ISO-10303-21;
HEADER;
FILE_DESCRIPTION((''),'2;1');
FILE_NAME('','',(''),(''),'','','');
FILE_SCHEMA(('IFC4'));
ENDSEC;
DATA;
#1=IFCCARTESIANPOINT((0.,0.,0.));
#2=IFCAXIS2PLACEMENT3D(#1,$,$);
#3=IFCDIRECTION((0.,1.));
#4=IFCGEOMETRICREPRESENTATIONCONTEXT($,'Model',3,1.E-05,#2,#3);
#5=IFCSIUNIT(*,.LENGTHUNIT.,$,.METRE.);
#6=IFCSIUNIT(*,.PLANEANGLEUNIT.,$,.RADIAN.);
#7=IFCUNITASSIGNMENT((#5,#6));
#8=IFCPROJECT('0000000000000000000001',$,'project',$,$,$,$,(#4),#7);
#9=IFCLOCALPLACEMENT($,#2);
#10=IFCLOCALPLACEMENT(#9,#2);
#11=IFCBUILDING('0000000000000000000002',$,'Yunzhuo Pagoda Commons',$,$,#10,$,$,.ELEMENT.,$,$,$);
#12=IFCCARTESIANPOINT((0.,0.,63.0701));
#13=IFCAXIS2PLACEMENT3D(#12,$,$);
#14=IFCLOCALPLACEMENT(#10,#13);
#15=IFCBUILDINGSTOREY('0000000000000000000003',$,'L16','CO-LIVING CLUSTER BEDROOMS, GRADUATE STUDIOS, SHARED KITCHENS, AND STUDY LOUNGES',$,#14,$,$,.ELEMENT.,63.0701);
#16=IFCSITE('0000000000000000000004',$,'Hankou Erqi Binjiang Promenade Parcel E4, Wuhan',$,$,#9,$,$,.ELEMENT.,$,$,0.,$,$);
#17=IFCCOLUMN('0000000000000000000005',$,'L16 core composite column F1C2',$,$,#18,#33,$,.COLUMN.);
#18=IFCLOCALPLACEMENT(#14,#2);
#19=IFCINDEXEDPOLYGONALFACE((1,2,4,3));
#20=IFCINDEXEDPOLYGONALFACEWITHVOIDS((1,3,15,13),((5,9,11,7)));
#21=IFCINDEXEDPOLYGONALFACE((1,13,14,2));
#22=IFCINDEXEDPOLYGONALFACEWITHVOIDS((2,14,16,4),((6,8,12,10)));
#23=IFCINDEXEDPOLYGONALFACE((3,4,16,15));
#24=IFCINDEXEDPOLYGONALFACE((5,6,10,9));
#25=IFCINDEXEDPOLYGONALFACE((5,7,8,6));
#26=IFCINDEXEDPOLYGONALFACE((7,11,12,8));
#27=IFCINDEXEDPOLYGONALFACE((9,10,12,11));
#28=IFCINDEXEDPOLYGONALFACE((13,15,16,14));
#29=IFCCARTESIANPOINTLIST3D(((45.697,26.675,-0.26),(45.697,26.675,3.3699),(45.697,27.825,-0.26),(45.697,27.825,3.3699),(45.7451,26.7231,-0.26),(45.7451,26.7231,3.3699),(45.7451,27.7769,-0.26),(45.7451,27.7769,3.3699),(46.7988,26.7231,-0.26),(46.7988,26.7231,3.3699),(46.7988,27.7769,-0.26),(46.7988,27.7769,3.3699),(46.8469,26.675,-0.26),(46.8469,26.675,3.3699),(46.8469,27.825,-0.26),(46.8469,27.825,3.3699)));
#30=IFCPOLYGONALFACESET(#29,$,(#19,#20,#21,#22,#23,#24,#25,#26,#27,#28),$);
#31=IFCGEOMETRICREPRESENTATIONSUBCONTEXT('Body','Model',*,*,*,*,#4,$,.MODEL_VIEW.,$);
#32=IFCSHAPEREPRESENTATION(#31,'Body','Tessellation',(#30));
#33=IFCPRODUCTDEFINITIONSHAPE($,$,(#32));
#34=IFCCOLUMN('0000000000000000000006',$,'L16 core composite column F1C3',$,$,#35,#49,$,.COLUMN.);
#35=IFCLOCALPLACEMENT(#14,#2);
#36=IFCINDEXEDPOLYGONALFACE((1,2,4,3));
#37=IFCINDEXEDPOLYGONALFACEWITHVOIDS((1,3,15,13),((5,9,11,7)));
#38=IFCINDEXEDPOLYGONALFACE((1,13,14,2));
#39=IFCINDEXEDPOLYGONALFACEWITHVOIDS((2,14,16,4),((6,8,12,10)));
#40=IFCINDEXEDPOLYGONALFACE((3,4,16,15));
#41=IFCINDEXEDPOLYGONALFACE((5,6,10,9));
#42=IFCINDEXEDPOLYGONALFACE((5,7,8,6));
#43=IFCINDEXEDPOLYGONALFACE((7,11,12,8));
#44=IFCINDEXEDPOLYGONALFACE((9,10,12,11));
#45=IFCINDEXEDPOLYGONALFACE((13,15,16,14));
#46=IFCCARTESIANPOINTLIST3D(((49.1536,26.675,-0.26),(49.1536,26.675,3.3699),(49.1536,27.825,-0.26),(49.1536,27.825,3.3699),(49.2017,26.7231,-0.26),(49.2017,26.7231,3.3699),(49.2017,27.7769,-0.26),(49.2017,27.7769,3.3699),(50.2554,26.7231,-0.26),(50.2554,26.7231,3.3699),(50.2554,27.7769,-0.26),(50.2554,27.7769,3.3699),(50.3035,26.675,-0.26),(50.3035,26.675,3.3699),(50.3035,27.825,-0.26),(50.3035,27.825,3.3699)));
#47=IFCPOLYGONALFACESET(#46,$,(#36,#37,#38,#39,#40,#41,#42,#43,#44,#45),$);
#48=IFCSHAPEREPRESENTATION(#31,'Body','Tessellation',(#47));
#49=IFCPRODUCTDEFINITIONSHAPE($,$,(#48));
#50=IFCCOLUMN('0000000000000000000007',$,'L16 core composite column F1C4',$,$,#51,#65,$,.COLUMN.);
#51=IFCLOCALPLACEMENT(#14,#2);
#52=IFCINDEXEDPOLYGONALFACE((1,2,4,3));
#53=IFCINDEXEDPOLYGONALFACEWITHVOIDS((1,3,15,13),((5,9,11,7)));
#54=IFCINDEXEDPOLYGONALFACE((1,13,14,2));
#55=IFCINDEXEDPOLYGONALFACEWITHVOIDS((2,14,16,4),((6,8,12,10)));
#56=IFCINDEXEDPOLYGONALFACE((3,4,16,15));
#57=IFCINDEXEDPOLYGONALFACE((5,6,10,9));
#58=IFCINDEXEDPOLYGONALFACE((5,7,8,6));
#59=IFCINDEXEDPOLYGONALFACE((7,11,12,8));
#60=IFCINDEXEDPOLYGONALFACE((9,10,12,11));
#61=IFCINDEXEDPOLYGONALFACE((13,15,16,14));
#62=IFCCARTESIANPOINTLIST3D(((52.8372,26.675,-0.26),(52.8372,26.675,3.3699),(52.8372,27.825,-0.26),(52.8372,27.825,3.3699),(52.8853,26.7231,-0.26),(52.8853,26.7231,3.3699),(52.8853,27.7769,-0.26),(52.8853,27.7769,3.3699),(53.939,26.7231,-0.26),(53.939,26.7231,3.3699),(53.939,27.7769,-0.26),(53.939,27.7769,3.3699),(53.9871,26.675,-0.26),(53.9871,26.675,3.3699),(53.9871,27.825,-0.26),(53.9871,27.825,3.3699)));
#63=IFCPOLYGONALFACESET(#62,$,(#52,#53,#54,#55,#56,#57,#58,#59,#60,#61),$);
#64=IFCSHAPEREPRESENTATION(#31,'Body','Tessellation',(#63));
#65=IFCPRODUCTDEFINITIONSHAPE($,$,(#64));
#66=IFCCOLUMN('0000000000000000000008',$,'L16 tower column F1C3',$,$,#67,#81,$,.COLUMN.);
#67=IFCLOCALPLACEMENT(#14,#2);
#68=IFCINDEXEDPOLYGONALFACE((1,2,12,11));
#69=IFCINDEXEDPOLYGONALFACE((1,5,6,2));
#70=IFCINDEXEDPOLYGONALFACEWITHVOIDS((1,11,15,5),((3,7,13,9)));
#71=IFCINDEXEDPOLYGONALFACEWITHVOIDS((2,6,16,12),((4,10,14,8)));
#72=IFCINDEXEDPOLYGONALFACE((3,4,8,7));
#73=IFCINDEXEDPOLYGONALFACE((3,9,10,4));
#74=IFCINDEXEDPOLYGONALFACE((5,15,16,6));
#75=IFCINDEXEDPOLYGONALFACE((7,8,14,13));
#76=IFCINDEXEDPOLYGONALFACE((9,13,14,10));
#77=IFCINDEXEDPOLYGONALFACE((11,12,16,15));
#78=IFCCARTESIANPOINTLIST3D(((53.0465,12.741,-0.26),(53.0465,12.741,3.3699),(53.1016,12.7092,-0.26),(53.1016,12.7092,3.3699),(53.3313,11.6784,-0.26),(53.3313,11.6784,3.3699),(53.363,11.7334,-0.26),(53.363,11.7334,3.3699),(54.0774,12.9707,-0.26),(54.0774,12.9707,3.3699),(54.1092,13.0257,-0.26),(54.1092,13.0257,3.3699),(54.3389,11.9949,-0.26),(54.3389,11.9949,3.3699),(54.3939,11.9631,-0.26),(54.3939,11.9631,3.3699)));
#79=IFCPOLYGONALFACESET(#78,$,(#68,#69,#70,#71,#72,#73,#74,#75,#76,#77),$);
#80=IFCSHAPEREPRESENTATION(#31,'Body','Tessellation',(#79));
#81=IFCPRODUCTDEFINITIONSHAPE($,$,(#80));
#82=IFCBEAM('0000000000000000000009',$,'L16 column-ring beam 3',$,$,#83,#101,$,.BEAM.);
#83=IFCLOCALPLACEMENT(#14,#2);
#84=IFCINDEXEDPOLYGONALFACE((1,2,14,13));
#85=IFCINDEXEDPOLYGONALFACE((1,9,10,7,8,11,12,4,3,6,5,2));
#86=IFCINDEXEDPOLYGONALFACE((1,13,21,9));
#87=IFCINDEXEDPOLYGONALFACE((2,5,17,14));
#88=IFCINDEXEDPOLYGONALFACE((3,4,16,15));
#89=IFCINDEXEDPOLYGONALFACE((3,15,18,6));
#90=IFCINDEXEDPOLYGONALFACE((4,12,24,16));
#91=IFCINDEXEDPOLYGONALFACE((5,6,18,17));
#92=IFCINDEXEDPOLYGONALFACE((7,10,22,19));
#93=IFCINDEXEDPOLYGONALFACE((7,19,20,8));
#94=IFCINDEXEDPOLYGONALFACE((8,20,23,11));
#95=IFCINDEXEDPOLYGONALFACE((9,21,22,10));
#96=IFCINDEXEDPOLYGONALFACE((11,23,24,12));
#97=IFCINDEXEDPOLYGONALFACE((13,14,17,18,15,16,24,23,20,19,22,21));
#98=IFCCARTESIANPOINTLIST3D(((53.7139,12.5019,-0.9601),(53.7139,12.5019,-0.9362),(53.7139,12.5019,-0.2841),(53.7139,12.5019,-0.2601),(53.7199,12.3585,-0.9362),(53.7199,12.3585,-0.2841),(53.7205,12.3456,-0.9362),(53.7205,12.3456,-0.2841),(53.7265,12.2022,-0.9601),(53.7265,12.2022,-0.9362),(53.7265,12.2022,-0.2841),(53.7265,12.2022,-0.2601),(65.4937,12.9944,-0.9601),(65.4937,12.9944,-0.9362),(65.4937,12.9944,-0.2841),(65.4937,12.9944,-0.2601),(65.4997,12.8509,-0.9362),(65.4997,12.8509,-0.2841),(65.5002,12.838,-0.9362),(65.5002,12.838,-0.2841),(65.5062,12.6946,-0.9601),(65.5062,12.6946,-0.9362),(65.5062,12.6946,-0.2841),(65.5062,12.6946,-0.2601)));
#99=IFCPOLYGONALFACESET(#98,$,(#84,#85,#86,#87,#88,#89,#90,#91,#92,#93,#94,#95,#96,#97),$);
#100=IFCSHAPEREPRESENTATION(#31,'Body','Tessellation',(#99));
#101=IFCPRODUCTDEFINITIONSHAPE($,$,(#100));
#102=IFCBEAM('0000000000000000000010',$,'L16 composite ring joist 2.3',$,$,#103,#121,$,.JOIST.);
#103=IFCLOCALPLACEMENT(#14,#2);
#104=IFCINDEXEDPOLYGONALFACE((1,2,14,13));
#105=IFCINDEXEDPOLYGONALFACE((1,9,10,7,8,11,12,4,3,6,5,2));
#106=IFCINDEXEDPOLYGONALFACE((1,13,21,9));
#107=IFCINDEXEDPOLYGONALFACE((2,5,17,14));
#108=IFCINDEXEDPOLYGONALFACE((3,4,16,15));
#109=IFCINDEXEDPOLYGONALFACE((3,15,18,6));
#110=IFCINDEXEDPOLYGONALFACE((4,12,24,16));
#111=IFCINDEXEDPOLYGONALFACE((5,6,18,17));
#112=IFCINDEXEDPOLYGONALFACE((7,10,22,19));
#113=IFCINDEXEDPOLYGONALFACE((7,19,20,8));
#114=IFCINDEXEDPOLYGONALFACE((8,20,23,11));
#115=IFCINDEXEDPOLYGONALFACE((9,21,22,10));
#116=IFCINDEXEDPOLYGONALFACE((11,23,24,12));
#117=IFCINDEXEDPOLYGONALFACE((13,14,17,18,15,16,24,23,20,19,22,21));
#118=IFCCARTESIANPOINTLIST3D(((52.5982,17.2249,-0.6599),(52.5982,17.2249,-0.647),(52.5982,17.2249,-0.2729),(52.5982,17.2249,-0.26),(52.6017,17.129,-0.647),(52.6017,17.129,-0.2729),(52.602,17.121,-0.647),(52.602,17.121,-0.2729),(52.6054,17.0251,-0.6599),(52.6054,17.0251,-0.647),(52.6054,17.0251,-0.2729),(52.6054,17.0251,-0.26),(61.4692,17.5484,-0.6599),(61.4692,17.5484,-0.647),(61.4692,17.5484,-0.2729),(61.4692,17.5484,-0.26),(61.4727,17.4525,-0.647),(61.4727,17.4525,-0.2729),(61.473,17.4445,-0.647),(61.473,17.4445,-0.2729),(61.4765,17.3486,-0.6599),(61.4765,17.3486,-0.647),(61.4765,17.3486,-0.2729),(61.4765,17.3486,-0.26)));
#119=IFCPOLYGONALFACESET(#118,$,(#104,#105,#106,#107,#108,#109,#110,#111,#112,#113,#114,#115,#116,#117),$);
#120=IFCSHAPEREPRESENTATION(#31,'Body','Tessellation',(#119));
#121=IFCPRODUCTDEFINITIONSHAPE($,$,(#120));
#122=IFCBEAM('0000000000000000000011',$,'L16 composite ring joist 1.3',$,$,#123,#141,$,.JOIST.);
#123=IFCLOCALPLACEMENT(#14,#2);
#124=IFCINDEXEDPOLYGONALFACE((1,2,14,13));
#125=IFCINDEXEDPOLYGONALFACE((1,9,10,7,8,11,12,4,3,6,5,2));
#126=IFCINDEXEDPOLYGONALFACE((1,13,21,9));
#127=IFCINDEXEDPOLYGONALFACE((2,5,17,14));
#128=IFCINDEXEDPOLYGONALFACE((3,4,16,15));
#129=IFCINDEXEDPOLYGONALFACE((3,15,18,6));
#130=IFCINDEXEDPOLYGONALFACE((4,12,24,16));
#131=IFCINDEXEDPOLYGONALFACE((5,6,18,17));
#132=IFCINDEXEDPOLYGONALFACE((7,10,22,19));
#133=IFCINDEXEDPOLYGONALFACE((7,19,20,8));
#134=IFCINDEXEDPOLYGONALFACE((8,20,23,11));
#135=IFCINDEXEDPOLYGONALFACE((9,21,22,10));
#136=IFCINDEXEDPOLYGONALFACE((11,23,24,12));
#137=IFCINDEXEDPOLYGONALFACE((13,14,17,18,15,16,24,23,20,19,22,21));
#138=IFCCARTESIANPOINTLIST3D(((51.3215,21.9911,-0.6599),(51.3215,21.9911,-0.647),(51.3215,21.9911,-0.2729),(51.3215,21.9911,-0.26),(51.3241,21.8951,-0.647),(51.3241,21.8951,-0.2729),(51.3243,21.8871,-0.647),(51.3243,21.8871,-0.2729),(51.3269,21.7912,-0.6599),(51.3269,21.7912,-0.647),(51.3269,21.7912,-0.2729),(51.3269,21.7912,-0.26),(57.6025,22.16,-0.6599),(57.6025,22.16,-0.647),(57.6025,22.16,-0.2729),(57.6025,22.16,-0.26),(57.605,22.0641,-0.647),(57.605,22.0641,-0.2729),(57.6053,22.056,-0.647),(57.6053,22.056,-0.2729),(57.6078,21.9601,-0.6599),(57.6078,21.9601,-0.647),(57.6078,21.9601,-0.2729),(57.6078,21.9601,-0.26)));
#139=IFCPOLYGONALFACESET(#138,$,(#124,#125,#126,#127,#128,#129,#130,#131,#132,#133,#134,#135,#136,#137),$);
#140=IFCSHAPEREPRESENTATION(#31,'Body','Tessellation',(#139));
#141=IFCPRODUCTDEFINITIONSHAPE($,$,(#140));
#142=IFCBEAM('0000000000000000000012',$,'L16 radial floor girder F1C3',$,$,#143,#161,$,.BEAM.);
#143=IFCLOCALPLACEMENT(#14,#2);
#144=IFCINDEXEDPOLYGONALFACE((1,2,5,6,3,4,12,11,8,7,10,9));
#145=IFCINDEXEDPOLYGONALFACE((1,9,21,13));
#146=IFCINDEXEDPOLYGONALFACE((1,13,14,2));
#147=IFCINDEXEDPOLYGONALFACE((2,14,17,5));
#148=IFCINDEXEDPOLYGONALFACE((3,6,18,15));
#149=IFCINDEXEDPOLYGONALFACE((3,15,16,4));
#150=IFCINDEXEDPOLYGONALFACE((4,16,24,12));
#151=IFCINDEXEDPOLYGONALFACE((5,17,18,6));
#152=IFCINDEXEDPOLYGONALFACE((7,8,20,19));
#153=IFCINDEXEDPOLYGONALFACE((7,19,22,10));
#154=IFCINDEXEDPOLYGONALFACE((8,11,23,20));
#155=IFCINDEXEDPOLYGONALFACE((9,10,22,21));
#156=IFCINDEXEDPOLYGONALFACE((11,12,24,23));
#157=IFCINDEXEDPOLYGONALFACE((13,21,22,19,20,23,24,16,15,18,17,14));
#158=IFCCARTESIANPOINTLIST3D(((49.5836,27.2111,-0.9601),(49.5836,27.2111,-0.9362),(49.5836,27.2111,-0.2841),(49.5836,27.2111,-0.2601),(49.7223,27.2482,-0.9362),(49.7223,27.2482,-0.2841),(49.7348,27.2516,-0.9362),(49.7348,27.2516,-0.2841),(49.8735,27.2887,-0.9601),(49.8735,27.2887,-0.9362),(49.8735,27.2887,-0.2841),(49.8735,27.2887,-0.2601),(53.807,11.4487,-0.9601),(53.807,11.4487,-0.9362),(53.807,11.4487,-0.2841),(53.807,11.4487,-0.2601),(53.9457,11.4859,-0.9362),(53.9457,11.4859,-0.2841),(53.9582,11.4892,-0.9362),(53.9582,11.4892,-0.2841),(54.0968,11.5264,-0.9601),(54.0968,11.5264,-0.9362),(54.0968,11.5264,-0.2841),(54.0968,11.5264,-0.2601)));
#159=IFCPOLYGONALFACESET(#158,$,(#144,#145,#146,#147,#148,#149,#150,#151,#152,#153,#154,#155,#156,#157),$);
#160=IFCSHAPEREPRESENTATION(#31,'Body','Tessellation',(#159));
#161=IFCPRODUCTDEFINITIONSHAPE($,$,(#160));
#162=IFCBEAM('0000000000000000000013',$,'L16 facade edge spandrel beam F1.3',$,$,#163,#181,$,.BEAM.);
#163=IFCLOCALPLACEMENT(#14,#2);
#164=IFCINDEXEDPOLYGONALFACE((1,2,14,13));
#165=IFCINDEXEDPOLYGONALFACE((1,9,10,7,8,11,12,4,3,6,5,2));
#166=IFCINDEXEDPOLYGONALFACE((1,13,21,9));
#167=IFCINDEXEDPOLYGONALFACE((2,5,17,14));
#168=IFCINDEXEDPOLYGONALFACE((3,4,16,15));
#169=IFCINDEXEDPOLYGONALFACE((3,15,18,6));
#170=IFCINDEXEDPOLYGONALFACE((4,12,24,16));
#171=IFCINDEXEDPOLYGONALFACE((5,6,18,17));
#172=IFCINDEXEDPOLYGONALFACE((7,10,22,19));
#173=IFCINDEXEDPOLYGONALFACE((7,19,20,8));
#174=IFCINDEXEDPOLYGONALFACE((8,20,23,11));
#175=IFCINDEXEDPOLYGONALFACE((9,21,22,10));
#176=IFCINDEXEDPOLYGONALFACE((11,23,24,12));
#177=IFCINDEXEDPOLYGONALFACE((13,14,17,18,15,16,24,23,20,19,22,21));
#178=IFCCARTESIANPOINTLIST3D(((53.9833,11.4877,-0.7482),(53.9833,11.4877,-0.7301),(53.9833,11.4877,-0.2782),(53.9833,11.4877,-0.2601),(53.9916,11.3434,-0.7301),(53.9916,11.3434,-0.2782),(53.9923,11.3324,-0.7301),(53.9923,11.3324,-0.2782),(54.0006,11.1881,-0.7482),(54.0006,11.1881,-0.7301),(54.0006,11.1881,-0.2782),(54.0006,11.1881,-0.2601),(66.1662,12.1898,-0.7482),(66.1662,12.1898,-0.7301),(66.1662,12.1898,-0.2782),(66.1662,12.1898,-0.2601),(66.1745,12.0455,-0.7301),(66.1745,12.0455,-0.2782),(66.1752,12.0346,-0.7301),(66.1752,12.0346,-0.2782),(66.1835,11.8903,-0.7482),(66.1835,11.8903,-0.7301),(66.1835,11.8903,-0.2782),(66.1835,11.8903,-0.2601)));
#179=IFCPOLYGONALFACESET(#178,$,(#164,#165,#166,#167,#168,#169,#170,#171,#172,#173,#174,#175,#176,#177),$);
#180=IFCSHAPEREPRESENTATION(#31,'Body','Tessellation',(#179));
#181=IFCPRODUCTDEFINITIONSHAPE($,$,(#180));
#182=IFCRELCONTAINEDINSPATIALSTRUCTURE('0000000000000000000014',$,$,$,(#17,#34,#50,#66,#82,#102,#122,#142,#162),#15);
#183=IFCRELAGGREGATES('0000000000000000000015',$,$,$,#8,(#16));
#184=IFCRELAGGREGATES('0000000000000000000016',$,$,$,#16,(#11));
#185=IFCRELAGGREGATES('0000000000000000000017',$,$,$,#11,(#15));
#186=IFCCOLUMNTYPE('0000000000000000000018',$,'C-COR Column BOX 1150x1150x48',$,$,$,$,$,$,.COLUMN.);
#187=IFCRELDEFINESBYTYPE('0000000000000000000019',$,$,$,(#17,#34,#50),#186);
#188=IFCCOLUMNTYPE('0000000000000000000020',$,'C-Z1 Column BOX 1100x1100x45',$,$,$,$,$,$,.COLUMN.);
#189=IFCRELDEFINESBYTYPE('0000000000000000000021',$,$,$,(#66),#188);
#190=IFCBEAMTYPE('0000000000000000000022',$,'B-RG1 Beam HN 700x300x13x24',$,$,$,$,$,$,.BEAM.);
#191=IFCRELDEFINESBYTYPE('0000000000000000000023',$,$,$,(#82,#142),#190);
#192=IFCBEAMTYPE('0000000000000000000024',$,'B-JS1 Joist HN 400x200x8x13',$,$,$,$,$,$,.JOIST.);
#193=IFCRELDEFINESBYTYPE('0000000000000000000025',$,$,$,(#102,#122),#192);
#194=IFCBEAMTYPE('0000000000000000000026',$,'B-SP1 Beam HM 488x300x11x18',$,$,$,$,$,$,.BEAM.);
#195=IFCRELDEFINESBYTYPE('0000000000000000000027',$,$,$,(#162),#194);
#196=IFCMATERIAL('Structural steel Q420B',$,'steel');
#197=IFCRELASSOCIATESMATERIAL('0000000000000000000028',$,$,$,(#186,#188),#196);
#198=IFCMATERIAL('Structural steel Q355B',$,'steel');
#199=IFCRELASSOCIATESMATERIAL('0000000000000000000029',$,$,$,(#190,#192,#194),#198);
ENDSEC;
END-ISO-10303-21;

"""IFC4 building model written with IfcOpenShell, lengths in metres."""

from ifc_helpers import new_model, si_unit, direction, frame, origin, origin_2d, place, context, subcontext, project, spatial, hollow_rectangle, i_section, extrude, source, transform, mapped, material, material_profile, profile_set, type_object, element, save


model = new_model("IFC4")

# Units and contexts
model_context = context("Model", 3, precision=1e-05, world=origin(), true_north=direction((0.0, 1.0)))
body_context = subcontext(model_context, "Body", "Model", "MODEL_VIEW")
ifc_project = project(units=[si_unit("LENGTHUNIT", "METRE"), si_unit("PLANEANGLEUNIT", "RADIAN")], contexts=[model_context])

# Site, building, storey
site_placement = place(None, origin())
site = spatial("IfcSite", under=ifc_project, at=site_placement, Name="Hankou Erqi Binjiang Promenade Parcel E4, Wuhan", CompositionType="ELEMENT", RefElevation=0.0)
building_placement = place(site_placement, origin())
building = spatial("IfcBuilding", under=site, at=building_placement, Name="Yunzhuo Pagoda Commons", CompositionType="ELEMENT")
storey_placement = place(building_placement, frame((0.0, 0.0, 63.0701)))
storey = spatial("IfcBuildingStorey", under=building, at=storey_placement, Name="L16", Description="CO-LIVING CLUSTER BEDROOMS, GRADUATE STUDIOS, SHARED KITCHENS, AND STUDY LOUNGES", CompositionType="ELEMENT", Elevation=63.0701)

# Columns
ifc_material_1 = material(Name="Structural steel Q420B", Category="steel")
ifc_material_profile_1 = material_profile(ifc_material_1, hollow_rectangle(XDim=1.1499, YDim=1.1499, WallThickness=0.0481, at=origin_2d()), Name="Structural steel Q420B")
ifc_profile_set_1 = profile_set([ifc_material_profile_1], Name="Structural steel Q420B")
column_type_1 = type_object("IfcColumnType", Name="C-COR Column BOX 1150x1150x48", PredefinedType="COLUMN", material=ifc_profile_set_1)
shared_shape_1 = source(origin(), body_context, "Body", "SweptSolid", [
    extrude(hollow_rectangle(XDim=1.1499, YDim=1.1499, WallThickness=0.0481, at=origin_2d()), origin(), (0.0, 0.0, 1.0), 3.6299),
])
for number, where, z_axis, x_axis, name in (
    (1, (46.272, 27.25, -0.26), (0.0, 0.0, 1.0), (1.0, 0.0, 0.0), "L16 core composite column F1C2"),
    (2, (49.7285, 27.25, -0.26), (0.0, 0.0, 1.0), (1.0, 0.0, 0.0), "L16 core composite column F1C3"),
    (3, (53.4121, 27.25, -0.26), (0.0, 0.0, 1.0), (1.0, 0.0, 0.0), "L16 core composite column F1C4"),
):
    element("IfcColumn", number, at=place(storey_placement, frame(where, z_axis=z_axis, x_axis=x_axis)), inside=storey, type_object=column_type_1, Name=name, PredefinedType="COLUMN", context=body_context, shape_type="MappedRepresentation", body=[
        mapped(shared_shape_1, transform((0.0, 0.0, 0.0), scale=1.0)),
    ])
ifc_material_profile_2 = material_profile(ifc_material_1, hollow_rectangle(XDim=1.1001, YDim=1.1001, WallThickness=0.0449, at=origin_2d()), Name="Structural steel Q420B")
ifc_profile_set_2 = profile_set([ifc_material_profile_2], Name="Structural steel Q420B")
column_type_2 = type_object("IfcColumnType", Name="C-Z1 Column BOX 1100x1100x45", PredefinedType="COLUMN", material=ifc_profile_set_2)
shared_shape_2 = source(origin(), body_context, "Body", "SweptSolid", [
    extrude(hollow_rectangle(XDim=1.1001, YDim=1.1001, WallThickness=0.0449, at=origin_2d()), origin(), (0.0, 0.0, 1.0), 3.6299),
])
column_placement = place(storey_placement, frame((53.7202, 12.3521, -0.26), z_axis=(0.0, 0.0, 1.0), x_axis=(0.965926, 0.258819, 0.0)))
element("IfcColumn", 4, at=column_placement, inside=storey, type_object=column_type_2, Name="L16 tower column F1C3", PredefinedType="COLUMN", context=body_context, shape_type="MappedRepresentation", body=[
    mapped(shared_shape_2, transform((0.0, 0.0, 0.0), scale=1.0)),
])

# Beams
ifc_material_2 = material(Name="Structural steel Q355B", Category="steel")
ifc_material_profile_3 = material_profile(ifc_material_2, i_section(OverallWidth=0.3, OverallDepth=0.7, WebThickness=0.0129, FlangeThickness=0.0239, at=origin_2d()), Name="Structural steel Q355B")
ifc_profile_set_3 = profile_set([ifc_material_profile_3], Name="Structural steel Q355B")
beam_type_1 = type_object("IfcBeamType", Name="B-RG1 Beam HN 700x300x13x24", PredefinedType="BEAM", material=ifc_profile_set_3)
shared_shape_3 = source(origin(), body_context, "Body", "SweptSolid", [
    extrude(i_section(OverallWidth=0.3, OverallDepth=0.7, WebThickness=0.0129, FlangeThickness=0.0239, at=origin_2d()), origin(), (0.0, 0.0, 1.0), 11.79),
])
beam_1_placement = place(storey_placement, frame((53.7202, 12.3521, -0.6101), z_axis=(0.999127, 0.041767, 0.0), x_axis=(-0.041767, 0.999127, 0.0)))
element("IfcBeam", 5, at=beam_1_placement, inside=storey, type_object=beam_type_1, Name="L16 column-ring beam 3", PredefinedType="BEAM", context=body_context, shape_type="MappedRepresentation", body=[
    mapped(shared_shape_3, transform((0.0, 0.0, 0.0), scale=1.0)),
])
ifc_material_profile_4 = material_profile(ifc_material_2, i_section(OverallWidth=0.2, OverallDepth=0.3999, WebThickness=0.0081, FlangeThickness=0.0129, at=origin_2d()), Name="Structural steel Q355B")
ifc_profile_set_4 = profile_set([ifc_material_profile_4], Name="Structural steel Q355B")
beam_type_2 = type_object("IfcBeamType", Name="B-JS1 Joist HN 400x200x8x13", PredefinedType="JOIST", material=ifc_profile_set_4)
shared_shape_4 = source(origin(), body_context, "Body", "SweptSolid", [
    extrude(i_section(OverallWidth=0.2, OverallDepth=0.3999, WebThickness=0.0081, FlangeThickness=0.0129, at=origin_2d()), origin(), (0.0, 0.0, 1.0), 8.877),
])
beam_2_placement = place(storey_placement, frame((52.6018, 17.125, -0.46), z_axis=(0.999336, 0.036441, 0.0), x_axis=(-0.036441, 0.999336, 0.0)))
element("IfcBeam", 6, at=beam_2_placement, inside=storey, type_object=beam_type_2, Name="L16 composite ring joist 2.3", PredefinedType="JOIST", context=body_context, shape_type="MappedRepresentation", body=[
    mapped(shared_shape_4, transform((0.0, 0.0, 0.0), scale=1.0)),
])
shared_shape_5 = source(origin(), body_context, "Body", "SweptSolid", [
    extrude(i_section(OverallWidth=0.2, OverallDepth=0.3999, WebThickness=0.0081, FlangeThickness=0.0129, at=origin_2d()), origin(), (0.0, 0.0, 1.0), 6.2832),
])
beam_3_placement = place(storey_placement, frame((51.3242, 21.8911, -0.46), z_axis=(0.999638, 0.026888, 0.0), x_axis=(-0.026888, 0.999638, 0.0)))
element("IfcBeam", 7, at=beam_3_placement, inside=storey, type_object=beam_type_2, Name="L16 composite ring joist 1.3", PredefinedType="JOIST", context=body_context, shape_type="MappedRepresentation", body=[
    mapped(shared_shape_5, transform((0.0, 0.0, 0.0), scale=1.0)),
])
shared_shape_6 = source(origin(), body_context, "Body", "SweptSolid", [
    extrude(i_section(OverallWidth=0.3, OverallDepth=0.7, WebThickness=0.0129, FlangeThickness=0.0239, at=origin_2d()), origin(), (0.0, 0.0, 1.0), 16.3184),
])
beam_4_placement = place(storey_placement, frame((53.9519, 11.4875, -0.6101), z_axis=(-0.258811, 0.965928, 0.0), x_axis=(-0.965928, -0.258811, 0.0)))
element("IfcBeam", 8, at=beam_4_placement, inside=storey, type_object=beam_type_1, Name="L16 radial floor girder F1C3", PredefinedType="BEAM", context=body_context, shape_type="MappedRepresentation", body=[
    mapped(shared_shape_6, transform((0.0, 0.0, 0.0), scale=1.0)),
])
ifc_material_profile_5 = material_profile(ifc_material_2, i_section(OverallWidth=0.3, OverallDepth=0.488, WebThickness=0.011, FlangeThickness=0.0181, at=origin_2d()), Name="Structural steel Q355B")
ifc_profile_set_5 = profile_set([ifc_material_profile_5], Name="Structural steel Q355B")
beam_type_3 = type_object("IfcBeamType", Name="B-SP1 Beam HM 488x300x11x18", PredefinedType="BEAM", material=ifc_profile_set_5)
shared_shape_7 = source(origin(), body_context, "Body", "SweptSolid", [
    extrude(i_section(OverallWidth=0.3, OverallDepth=0.488, WebThickness=0.011, FlangeThickness=0.0181, at=origin_2d()), origin(), (0.0, 0.0, 1.0), 12.2031),
])
beam_5_placement = place(storey_placement, frame((53.9919, 11.3379, -0.5042), z_axis=(0.998343, 0.057539, 0.0), x_axis=(-0.057539, 0.998343, 0.0)))
element("IfcBeam", 9, at=beam_5_placement, inside=storey, type_object=beam_type_3, Name="L16 facade edge spandrel beam F1.3", PredefinedType="BEAM", context=body_context, shape_type="MappedRepresentation", body=[
    mapped(shared_shape_7, transform((0.0, 0.0, 0.0), scale=1.0)),
])

save(model, "model.ifc")
